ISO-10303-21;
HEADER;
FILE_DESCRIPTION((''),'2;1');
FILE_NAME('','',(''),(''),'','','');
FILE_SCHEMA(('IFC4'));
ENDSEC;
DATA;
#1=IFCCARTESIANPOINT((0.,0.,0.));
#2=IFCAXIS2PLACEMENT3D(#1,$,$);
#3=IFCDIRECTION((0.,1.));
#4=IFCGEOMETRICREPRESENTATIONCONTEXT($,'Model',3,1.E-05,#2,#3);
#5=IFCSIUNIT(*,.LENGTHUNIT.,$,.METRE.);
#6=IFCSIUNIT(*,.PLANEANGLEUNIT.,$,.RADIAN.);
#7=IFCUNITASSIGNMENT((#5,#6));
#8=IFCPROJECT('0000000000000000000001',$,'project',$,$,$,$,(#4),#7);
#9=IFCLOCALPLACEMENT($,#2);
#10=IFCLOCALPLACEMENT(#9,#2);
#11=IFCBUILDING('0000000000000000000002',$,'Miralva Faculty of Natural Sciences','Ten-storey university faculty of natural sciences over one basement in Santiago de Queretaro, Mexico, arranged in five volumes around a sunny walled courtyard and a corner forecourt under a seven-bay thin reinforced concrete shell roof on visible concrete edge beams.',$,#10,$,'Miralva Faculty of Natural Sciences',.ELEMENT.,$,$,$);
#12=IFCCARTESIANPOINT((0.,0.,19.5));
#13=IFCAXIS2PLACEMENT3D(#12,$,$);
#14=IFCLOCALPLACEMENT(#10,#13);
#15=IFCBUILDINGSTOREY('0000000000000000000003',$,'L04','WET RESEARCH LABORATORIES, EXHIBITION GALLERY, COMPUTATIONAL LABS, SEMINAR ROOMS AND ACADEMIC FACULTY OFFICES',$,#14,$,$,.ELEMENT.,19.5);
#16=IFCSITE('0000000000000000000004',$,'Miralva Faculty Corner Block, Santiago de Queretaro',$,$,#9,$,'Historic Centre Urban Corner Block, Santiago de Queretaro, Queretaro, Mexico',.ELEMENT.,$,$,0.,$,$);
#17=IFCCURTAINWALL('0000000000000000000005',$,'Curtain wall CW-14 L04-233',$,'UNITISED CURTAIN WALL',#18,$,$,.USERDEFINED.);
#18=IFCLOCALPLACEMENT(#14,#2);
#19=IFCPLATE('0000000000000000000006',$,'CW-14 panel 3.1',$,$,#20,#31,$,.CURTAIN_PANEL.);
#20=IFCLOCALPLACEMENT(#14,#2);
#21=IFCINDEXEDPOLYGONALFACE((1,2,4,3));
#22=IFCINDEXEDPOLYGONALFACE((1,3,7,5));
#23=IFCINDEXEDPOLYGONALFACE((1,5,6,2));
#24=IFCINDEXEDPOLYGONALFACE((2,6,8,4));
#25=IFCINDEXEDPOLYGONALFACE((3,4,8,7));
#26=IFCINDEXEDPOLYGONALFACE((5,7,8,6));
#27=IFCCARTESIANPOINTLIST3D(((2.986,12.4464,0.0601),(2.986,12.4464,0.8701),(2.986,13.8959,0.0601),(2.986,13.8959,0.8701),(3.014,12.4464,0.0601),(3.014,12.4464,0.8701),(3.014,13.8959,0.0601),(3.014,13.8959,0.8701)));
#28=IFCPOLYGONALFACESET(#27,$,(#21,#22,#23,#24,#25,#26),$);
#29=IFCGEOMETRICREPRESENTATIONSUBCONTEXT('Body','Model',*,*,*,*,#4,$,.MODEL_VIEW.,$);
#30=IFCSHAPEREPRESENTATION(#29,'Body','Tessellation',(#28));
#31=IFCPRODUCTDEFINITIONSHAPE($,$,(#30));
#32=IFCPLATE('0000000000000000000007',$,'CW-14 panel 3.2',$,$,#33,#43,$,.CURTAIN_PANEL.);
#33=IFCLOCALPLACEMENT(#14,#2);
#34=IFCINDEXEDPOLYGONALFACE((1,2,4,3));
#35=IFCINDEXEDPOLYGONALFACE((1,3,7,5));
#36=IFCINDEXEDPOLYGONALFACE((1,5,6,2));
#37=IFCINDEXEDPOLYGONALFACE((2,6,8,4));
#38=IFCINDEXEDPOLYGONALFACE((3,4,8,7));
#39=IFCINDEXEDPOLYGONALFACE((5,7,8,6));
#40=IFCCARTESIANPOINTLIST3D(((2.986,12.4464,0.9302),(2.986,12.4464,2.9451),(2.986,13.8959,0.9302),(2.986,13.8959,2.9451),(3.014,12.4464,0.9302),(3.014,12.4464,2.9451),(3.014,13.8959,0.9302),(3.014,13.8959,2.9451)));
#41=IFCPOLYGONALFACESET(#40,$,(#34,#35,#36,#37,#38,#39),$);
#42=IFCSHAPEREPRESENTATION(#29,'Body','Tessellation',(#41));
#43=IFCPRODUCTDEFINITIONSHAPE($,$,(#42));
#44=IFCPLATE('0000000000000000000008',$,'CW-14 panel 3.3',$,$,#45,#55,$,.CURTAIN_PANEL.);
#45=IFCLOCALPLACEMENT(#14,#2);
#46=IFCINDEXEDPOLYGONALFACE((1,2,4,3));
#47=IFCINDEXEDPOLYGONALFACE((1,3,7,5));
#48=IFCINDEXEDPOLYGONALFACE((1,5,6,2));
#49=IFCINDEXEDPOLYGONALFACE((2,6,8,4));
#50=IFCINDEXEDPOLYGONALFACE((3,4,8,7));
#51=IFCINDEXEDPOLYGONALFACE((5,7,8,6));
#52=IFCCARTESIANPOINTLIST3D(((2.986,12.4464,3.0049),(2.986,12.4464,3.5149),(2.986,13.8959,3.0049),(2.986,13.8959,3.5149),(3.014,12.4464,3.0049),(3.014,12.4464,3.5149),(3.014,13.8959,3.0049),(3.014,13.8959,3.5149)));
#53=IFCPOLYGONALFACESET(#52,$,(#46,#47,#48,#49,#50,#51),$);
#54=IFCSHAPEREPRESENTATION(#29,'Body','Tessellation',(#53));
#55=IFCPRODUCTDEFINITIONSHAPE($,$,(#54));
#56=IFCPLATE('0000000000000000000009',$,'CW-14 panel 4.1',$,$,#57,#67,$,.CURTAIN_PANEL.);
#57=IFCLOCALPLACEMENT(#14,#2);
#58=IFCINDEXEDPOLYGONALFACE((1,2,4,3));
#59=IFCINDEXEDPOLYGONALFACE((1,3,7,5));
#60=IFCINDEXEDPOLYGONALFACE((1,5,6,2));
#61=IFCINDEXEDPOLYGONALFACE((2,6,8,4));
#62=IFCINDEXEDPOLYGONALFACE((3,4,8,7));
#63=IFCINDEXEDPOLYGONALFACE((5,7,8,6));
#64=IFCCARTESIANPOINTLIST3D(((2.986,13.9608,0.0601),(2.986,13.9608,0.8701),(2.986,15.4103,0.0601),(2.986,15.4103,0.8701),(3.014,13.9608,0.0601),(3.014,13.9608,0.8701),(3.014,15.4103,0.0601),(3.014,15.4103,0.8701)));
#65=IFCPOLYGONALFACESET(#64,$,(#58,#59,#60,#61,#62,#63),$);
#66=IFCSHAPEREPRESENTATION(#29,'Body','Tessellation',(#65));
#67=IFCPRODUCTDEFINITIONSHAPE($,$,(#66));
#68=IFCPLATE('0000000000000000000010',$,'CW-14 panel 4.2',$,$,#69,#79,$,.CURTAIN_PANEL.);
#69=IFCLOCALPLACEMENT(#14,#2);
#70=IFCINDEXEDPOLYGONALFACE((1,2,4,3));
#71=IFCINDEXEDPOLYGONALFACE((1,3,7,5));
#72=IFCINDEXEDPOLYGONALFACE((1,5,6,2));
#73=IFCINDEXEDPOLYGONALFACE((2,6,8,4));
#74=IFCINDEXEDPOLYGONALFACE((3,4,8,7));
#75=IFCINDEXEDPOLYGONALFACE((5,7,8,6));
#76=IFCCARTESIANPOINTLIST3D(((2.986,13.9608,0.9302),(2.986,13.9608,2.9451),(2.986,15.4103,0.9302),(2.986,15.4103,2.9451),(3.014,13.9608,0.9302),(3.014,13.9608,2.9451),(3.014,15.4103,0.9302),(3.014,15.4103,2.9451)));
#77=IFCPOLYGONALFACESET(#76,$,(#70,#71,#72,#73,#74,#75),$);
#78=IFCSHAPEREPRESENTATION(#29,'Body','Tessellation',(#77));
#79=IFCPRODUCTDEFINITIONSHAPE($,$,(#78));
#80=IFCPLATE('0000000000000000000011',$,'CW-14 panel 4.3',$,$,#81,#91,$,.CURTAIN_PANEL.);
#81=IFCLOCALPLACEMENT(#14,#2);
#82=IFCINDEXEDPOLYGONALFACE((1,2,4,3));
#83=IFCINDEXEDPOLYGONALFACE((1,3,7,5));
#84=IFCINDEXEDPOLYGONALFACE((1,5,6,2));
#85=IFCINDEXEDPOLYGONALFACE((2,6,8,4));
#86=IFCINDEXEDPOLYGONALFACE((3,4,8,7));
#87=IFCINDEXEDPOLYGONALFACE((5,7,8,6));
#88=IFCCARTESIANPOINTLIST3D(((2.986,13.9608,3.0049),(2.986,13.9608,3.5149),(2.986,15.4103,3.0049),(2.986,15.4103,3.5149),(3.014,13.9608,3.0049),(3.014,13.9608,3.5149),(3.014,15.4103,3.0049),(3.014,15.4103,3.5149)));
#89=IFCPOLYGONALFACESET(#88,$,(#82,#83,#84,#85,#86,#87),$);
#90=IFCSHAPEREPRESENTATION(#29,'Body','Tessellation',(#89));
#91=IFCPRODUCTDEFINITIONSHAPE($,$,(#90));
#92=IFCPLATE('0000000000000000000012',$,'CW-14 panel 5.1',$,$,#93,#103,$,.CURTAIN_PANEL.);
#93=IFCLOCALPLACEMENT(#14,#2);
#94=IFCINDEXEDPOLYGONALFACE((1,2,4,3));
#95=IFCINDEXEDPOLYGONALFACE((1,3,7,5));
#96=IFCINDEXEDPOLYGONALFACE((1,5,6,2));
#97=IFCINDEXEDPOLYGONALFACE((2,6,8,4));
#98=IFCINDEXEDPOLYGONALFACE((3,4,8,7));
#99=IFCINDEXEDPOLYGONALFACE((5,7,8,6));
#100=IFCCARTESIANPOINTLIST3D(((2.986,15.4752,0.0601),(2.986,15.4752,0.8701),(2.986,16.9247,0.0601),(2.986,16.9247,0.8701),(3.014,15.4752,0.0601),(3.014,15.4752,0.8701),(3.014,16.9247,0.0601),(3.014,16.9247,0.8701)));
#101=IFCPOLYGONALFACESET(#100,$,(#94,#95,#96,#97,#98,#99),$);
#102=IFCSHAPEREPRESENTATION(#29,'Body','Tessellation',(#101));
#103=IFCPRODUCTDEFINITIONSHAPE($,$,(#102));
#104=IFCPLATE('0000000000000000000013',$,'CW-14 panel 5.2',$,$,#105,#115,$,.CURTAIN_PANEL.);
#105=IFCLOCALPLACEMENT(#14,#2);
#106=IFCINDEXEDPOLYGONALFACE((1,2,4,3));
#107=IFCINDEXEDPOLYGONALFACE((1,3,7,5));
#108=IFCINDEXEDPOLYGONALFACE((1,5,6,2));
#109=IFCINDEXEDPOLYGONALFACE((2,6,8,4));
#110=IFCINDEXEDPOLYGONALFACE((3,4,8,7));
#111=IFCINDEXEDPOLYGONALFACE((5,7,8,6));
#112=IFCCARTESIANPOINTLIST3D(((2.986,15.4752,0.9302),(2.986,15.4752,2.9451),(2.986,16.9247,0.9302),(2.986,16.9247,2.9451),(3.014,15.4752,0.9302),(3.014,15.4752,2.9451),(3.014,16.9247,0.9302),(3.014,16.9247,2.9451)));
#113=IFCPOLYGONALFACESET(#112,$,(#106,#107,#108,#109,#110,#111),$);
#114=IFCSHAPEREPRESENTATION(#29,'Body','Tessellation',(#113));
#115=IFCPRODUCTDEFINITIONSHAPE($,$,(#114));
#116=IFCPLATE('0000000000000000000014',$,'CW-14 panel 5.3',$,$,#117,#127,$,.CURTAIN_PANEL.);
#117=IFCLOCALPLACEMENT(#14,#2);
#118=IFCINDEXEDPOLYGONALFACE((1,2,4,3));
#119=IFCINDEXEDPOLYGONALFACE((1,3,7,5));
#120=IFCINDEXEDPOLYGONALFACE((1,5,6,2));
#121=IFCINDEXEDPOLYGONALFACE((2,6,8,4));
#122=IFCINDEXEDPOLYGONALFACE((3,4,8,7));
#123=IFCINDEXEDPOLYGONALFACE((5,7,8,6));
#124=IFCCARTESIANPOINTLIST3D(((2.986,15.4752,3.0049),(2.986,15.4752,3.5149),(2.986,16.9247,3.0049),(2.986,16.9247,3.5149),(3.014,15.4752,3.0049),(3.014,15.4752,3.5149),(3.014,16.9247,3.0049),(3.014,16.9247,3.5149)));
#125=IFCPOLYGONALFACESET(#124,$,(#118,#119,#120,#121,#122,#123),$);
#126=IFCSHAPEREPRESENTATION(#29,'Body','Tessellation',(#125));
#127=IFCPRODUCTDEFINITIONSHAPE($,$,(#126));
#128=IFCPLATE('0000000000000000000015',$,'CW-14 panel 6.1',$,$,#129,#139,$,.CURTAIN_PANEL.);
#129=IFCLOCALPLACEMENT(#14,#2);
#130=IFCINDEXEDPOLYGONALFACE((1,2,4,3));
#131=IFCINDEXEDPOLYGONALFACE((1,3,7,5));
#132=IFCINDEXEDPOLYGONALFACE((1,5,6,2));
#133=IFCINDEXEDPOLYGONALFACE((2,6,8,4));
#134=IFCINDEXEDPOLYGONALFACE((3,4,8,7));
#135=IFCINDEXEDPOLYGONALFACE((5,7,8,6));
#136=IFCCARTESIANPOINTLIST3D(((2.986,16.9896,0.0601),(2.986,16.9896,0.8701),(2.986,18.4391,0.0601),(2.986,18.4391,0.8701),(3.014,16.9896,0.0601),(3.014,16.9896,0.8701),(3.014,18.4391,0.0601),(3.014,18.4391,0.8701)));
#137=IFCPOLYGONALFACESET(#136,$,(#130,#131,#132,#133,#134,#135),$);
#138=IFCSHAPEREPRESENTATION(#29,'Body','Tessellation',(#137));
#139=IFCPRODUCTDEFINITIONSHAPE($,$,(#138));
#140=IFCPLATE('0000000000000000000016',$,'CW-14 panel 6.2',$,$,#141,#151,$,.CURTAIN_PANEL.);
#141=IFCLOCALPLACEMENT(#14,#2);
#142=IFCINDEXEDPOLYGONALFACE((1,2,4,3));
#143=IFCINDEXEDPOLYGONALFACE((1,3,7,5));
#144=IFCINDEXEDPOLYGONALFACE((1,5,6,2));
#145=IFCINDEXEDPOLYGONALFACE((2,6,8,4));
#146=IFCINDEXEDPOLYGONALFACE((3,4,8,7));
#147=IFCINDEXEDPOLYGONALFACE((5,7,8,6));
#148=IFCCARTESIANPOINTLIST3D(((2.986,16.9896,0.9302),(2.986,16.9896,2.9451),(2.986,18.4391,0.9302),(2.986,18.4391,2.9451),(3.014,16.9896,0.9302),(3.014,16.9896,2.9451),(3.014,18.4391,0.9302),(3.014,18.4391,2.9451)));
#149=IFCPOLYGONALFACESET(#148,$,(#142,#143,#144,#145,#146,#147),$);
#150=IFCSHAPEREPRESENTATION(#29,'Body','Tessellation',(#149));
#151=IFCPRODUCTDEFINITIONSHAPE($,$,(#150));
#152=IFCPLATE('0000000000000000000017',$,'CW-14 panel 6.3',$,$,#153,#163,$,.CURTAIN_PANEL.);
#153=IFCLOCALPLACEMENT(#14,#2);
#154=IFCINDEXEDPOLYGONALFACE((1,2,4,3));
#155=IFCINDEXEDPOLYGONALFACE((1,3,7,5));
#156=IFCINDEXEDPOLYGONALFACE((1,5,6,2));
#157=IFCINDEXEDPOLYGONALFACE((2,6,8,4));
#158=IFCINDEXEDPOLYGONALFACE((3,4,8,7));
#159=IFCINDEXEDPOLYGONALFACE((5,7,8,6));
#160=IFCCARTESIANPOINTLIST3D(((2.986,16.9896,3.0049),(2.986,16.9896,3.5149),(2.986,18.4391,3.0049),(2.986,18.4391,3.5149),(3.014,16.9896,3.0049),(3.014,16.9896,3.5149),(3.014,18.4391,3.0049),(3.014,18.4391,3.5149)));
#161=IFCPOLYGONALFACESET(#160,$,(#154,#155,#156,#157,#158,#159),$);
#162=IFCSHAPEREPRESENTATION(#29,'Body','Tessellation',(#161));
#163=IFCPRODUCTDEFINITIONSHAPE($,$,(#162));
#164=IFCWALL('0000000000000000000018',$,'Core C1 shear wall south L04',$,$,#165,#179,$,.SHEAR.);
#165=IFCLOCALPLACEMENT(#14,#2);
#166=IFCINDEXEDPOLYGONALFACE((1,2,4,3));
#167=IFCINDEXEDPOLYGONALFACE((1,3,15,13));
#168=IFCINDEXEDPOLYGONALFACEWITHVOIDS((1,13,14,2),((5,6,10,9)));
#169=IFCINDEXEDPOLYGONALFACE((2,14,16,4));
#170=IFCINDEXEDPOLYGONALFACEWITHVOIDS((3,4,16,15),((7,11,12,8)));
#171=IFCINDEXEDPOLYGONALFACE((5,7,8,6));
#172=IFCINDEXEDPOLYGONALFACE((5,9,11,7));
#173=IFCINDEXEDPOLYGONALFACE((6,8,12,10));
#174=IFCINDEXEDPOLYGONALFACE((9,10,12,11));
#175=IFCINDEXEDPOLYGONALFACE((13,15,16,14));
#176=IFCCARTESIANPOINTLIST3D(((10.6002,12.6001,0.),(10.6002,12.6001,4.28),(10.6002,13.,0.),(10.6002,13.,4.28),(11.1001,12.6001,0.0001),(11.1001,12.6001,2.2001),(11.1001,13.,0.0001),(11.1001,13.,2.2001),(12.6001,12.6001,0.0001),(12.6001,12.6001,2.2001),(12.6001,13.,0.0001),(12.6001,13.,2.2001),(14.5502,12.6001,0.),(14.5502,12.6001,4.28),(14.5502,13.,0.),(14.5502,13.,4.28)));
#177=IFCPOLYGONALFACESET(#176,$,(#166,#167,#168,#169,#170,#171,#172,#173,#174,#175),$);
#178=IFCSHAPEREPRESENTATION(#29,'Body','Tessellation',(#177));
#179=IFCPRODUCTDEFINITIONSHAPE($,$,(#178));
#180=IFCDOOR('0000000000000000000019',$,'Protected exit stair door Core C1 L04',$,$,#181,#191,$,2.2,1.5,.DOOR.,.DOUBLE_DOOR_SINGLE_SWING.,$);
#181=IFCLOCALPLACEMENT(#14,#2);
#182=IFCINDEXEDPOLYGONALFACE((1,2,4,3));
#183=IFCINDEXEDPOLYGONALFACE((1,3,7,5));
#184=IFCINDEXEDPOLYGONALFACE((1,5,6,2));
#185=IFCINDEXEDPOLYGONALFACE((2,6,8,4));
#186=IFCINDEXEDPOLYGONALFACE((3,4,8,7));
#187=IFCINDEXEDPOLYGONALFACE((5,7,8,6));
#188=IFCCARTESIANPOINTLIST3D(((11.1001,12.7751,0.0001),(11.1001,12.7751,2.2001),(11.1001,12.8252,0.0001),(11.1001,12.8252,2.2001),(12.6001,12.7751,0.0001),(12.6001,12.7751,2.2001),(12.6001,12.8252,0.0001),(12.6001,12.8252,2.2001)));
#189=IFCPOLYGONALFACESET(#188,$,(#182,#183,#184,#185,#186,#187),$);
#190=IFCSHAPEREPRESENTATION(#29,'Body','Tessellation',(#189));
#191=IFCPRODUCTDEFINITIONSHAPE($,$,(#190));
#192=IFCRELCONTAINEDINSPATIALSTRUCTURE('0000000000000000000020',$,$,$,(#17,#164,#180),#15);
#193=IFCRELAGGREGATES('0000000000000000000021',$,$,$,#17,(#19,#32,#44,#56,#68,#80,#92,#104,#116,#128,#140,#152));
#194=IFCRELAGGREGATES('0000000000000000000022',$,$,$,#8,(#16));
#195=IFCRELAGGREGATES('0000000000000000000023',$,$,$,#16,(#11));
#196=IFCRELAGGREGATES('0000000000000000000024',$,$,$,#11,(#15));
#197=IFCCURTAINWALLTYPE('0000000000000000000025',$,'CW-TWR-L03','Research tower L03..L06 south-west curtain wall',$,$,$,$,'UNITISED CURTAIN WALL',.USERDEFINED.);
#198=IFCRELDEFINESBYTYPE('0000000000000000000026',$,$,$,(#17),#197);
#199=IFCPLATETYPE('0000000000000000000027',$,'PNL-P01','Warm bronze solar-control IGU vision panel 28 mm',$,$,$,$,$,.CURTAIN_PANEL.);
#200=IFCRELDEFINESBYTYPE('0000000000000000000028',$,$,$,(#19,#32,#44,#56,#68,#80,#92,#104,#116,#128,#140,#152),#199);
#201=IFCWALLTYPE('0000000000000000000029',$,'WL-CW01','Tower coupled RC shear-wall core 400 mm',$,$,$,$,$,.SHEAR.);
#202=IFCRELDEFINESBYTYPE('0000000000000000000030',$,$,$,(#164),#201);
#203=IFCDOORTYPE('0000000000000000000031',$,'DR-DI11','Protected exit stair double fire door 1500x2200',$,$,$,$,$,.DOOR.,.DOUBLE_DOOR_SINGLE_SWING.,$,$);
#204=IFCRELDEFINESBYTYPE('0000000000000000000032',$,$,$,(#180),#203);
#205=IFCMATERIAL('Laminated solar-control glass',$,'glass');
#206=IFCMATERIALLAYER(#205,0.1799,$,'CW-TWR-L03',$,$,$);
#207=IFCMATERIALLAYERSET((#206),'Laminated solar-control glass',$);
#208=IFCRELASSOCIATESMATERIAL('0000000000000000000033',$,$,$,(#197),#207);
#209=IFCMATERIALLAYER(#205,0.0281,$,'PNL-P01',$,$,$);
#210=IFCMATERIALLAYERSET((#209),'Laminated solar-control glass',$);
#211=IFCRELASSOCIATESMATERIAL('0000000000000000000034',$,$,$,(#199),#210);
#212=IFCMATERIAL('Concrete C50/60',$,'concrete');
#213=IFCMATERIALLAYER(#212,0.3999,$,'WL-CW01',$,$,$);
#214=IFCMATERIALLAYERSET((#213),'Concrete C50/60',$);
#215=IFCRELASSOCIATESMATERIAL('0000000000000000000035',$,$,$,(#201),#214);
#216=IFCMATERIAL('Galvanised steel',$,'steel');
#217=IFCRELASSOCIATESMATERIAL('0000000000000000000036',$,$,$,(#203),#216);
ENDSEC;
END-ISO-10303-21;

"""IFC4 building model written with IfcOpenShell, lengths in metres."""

from ifc_helpers import new_model, si_unit, direction, frame, frame_2d, origin, origin_2d, place, context, subcontext, project, spatial, rectangle, extrude, material, layer, layer_set, type_object, element, fill, aggregate, save


model = new_model("IFC4")

# Units and contexts
model_context = context("Model", 3, precision=1e-05, world=origin(), true_north=direction((0.0, 1.0)))
body_context = subcontext(model_context, "Body", "Model", "MODEL_VIEW")
ifc_project = project(units=[si_unit("LENGTHUNIT", "METRE"), si_unit("PLANEANGLEUNIT", "RADIAN")], contexts=[model_context])

# Site, building, storey
site_placement = place(None, origin())
site = spatial("IfcSite", under=ifc_project, at=site_placement, Name="Miralva Faculty Corner Block, Santiago de Queretaro", LongName="Historic Centre Urban Corner Block, Santiago de Queretaro, Queretaro, Mexico", CompositionType="ELEMENT", RefElevation=0.0)
building_placement = place(site_placement, origin())
building = spatial("IfcBuilding", under=site, at=building_placement, Name="Miralva Faculty of Natural Sciences", Description="Ten-storey university faculty of natural sciences over one basement in Santiago de Queretaro, Mexico, arranged in five volumes around a sunny walled courtyard and a corner forecourt under a seven-bay thin reinforced concrete shell roof on visible concrete edge beams.", LongName="Miralva Faculty of Natural Sciences", CompositionType="ELEMENT")
storey_placement = place(building_placement, frame((0.0, 0.0, 19.5)))
storey = spatial("IfcBuildingStorey", under=building, at=storey_placement, Name="L04", Description="WET RESEARCH LABORATORIES, EXHIBITION GALLERY, COMPUTATIONAL LABS, SEMINAR ROOMS AND ACADEMIC FACULTY OFFICES", CompositionType="ELEMENT", Elevation=19.5)

# Curtain wall, plates
ifc_material_1 = material(Name="Laminated solar-control glass", Category="glass")
ifc_layer_1 = layer(ifc_material_1, 0.1799, Name="CW-TWR-L03")
ifc_layer_set_1 = layer_set([ifc_layer_1], Name="Laminated solar-control glass")
curtain_wall_type = type_object("IfcCurtainWallType", Name="CW-TWR-L03", Description="Research tower L03..L06 south-west curtain wall", ElementType="UNITISED CURTAIN WALL", PredefinedType="USERDEFINED", material=ifc_layer_set_1)
curtain_wall_placement = place(storey_placement, origin())
curtain_wall = element("IfcCurtainWall", 1, at=curtain_wall_placement, inside=storey, type_object=curtain_wall_type, Name="Curtain wall CW-14 L04-233", ObjectType="UNITISED CURTAIN WALL", PredefinedType="USERDEFINED")
ifc_layer_2 = layer(ifc_material_1, 0.0281, Name="PNL-P01")
ifc_layer_set_2 = layer_set([ifc_layer_2], Name="Laminated solar-control glass")
plate_type = type_object("IfcPlateType", Name="PNL-P01", Description="Warm bronze solar-control IGU vision panel 28 mm", PredefinedType="CURTAIN_PANEL", material=ifc_layer_set_2)
plate_1_placement = place(storey_placement, frame((3.0, 13.1711, 0.0601), z_axis=(0.0, 0.0, 1.0), x_axis=(0.0, 1.0, 0.0)))
plate_1 = element("IfcPlate", 2, at=plate_1_placement, type_object=plate_type, Name="CW-14 panel 3.1", PredefinedType="CURTAIN_PANEL", context=body_context, shape_type="SweptSolid", body=[
    extrude(rectangle(XDim=1.4495, YDim=0.0281, at=origin_2d()), origin(), (0.0, 0.0, 1.0), 0.8101),
])
plate_2_placement = place(storey_placement, frame((3.0, 13.1711, 0.9302), z_axis=(0.0, 0.0, 1.0), x_axis=(0.0, 1.0, 0.0)))
plate_2 = element("IfcPlate", 3, at=plate_2_placement, type_object=plate_type, Name="CW-14 panel 3.2", PredefinedType="CURTAIN_PANEL", context=body_context, shape_type="SweptSolid", body=[
    extrude(rectangle(XDim=1.4495, YDim=0.0281, at=origin_2d()), origin(), (0.0, 0.0, 1.0), 2.0149),
])
plate_3_placement = place(storey_placement, frame((3.0, 13.1711, 3.0049), z_axis=(0.0, 0.0, 1.0), x_axis=(0.0, 1.0, 0.0)))
plate_3 = element("IfcPlate", 4, at=plate_3_placement, type_object=plate_type, Name="CW-14 panel 3.3", PredefinedType="CURTAIN_PANEL", context=body_context, shape_type="SweptSolid", body=[
    extrude(rectangle(XDim=1.4495, YDim=0.0281, at=origin_2d()), origin(), (0.0, 0.0, 1.0), 0.51),
])
plate_4_placement = place(storey_placement, frame((3.0, 14.6855, 0.0601), z_axis=(0.0, 0.0, 1.0), x_axis=(0.0, 1.0, 0.0)))
plate_4 = element("IfcPlate", 5, at=plate_4_placement, type_object=plate_type, Name="CW-14 panel 4.1", PredefinedType="CURTAIN_PANEL", context=body_context, shape_type="SweptSolid", body=[
    extrude(rectangle(XDim=1.4495, YDim=0.0281, at=origin_2d()), origin(), (0.0, 0.0, 1.0), 0.8101),
])
plate_5_placement = place(storey_placement, frame((3.0, 14.6855, 0.9302), z_axis=(0.0, 0.0, 1.0), x_axis=(0.0, 1.0, 0.0)))
plate_5 = element("IfcPlate", 6, at=plate_5_placement, type_object=plate_type, Name="CW-14 panel 4.2", PredefinedType="CURTAIN_PANEL", context=body_context, shape_type="SweptSolid", body=[
    extrude(rectangle(XDim=1.4495, YDim=0.0281, at=origin_2d()), origin(), (0.0, 0.0, 1.0), 2.0149),
])
plate_6_placement = place(storey_placement, frame((3.0, 14.6855, 3.0049), z_axis=(0.0, 0.0, 1.0), x_axis=(0.0, 1.0, 0.0)))
plate_6 = element("IfcPlate", 7, at=plate_6_placement, type_object=plate_type, Name="CW-14 panel 4.3", PredefinedType="CURTAIN_PANEL", context=body_context, shape_type="SweptSolid", body=[
    extrude(rectangle(XDim=1.4495, YDim=0.0281, at=origin_2d()), origin(), (0.0, 0.0, 1.0), 0.51),
])
plate_7_placement = place(storey_placement, frame((3.0, 16.2, 0.0601), z_axis=(0.0, 0.0, 1.0), x_axis=(0.0, 1.0, 0.0)))
plate_7 = element("IfcPlate", 8, at=plate_7_placement, type_object=plate_type, Name="CW-14 panel 5.1", PredefinedType="CURTAIN_PANEL", context=body_context, shape_type="SweptSolid", body=[
    extrude(rectangle(XDim=1.4495, YDim=0.0281, at=origin_2d()), origin(), (0.0, 0.0, 1.0), 0.8101),
])
plate_8_placement = place(storey_placement, frame((3.0, 16.2, 0.9302), z_axis=(0.0, 0.0, 1.0), x_axis=(0.0, 1.0, 0.0)))
plate_8 = element("IfcPlate", 9, at=plate_8_placement, type_object=plate_type, Name="CW-14 panel 5.2", PredefinedType="CURTAIN_PANEL", context=body_context, shape_type="SweptSolid", body=[
    extrude(rectangle(XDim=1.4495, YDim=0.0281, at=origin_2d()), origin(), (0.0, 0.0, 1.0), 2.0149),
])
plate_9_placement = place(storey_placement, frame((3.0, 16.2, 3.0049), z_axis=(0.0, 0.0, 1.0), x_axis=(0.0, 1.0, 0.0)))
plate_9 = element("IfcPlate", 10, at=plate_9_placement, type_object=plate_type, Name="CW-14 panel 5.3", PredefinedType="CURTAIN_PANEL", context=body_context, shape_type="SweptSolid", body=[
    extrude(rectangle(XDim=1.4495, YDim=0.0281, at=origin_2d()), origin(), (0.0, 0.0, 1.0), 0.51),
])
plate_10_placement = place(storey_placement, frame((3.0, 17.7144, 0.0601), z_axis=(0.0, 0.0, 1.0), x_axis=(0.0, 1.0, 0.0)))
plate_10 = element("IfcPlate", 11, at=plate_10_placement, type_object=plate_type, Name="CW-14 panel 6.1", PredefinedType="CURTAIN_PANEL", context=body_context, shape_type="SweptSolid", body=[
    extrude(rectangle(XDim=1.4495, YDim=0.0281, at=origin_2d()), origin(), (0.0, 0.0, 1.0), 0.8101),
])
plate_11_placement = place(storey_placement, frame((3.0, 17.7144, 0.9302), z_axis=(0.0, 0.0, 1.0), x_axis=(0.0, 1.0, 0.0)))
plate_11 = element("IfcPlate", 12, at=plate_11_placement, type_object=plate_type, Name="CW-14 panel 6.2", PredefinedType="CURTAIN_PANEL", context=body_context, shape_type="SweptSolid", body=[
    extrude(rectangle(XDim=1.4495, YDim=0.0281, at=origin_2d()), origin(), (0.0, 0.0, 1.0), 2.0149),
])
plate_12_placement = place(storey_placement, frame((3.0, 17.7144, 3.0049), z_axis=(0.0, 0.0, 1.0), x_axis=(0.0, 1.0, 0.0)))
plate_12 = element("IfcPlate", 13, at=plate_12_placement, type_object=plate_type, Name="CW-14 panel 6.3", PredefinedType="CURTAIN_PANEL", context=body_context, shape_type="SweptSolid", body=[
    extrude(rectangle(XDim=1.4495, YDim=0.0281, at=origin_2d()), origin(), (0.0, 0.0, 1.0), 0.51),
])
aggregate(curtain_wall, [plate_1, plate_2, plate_3, plate_4, plate_5, plate_6, plate_7, plate_8, plate_9, plate_10, plate_11, plate_12])

# Wall, opening, door
ifc_material_2 = material(Name="Concrete C50/60", Category="concrete")
ifc_layer_3 = layer(ifc_material_2, 0.3999, Name="WL-CW01")
ifc_layer_set_3 = layer_set([ifc_layer_3], Name="Concrete C50/60")
wall_type = type_object("IfcWallType", Name="WL-CW01", Description="Tower coupled RC shear-wall core 400 mm", PredefinedType="SHEAR", material=ifc_layer_set_3)
wall_1_placement = place(storey_placement, frame((10.6001, 12.8, 0.0), z_axis=(0.0, 0.0, 1.0), x_axis=(1.0, 0.0, 0.0)))
wall_1 = element("IfcWall", 14, at=wall_1_placement, inside=storey, type_object=wall_type, Name="Core C1 shear wall south L04", PredefinedType="SHEAR", context=body_context, shape_type="SweptSolid", body=[
    extrude(rectangle(XDim=3.95, YDim=0.3999, at=frame_2d((1.9751, 0.0))), origin(), (0.0, 0.0, 1.0), 4.28),
])
opening_placement = place(wall_1_placement, frame((0.5, 0.0, 0.0)))
opening = element("IfcOpeningElement", 15, at=opening_placement, cuts=wall_1, PredefinedType="OPENING", context=body_context, shape_type="SweptSolid", body=[
    extrude(rectangle(XDim=1.5, YDim=2.2, at=frame_2d((0.75, 1.1001))), frame((0.0, 0.21, 0.0), z_axis=(0.0, -1.0, 0.0), x_axis=(1.0, 0.0, 0.0)), (0.0, 0.0, 1.0), 0.4199),
])
ifc_material_3 = material(Name="Galvanised steel", Category="steel")
door_type = type_object("IfcDoorType", Name="DR-DI11", Description="Protected exit stair double fire door 1500x2200", OperationType="DOUBLE_DOOR_SINGLE_SWING", PredefinedType="DOOR", material=ifc_material_3)
door_placement = place(opening_placement, frame((1.5, 0.0, 0.0), z_axis=(0.0, 0.0, 1.0), x_axis=(-1.0, 0.0, 0.0)))
door = element("IfcDoor", 16, at=door_placement, inside=storey, type_object=door_type, Name="Protected exit stair door Core C1 L04", OperationType="DOUBLE_DOOR_SINGLE_SWING", OverallHeight=2.2, OverallWidth=1.5, PredefinedType="DOOR", context=body_context, shape_type="SweptSolid", body=[
    extrude(rectangle(XDim=1.5, YDim=2.2, at=frame_2d((0.75, 1.1001))), frame((0.0, 0.0249, 0.0), z_axis=(0.0, -1.0, 0.0), x_axis=(1.0, 0.0, 0.0)), (0.0, 0.0, 1.0), 0.05),
])
fill(opening, door)

save(model, "model.ifc")
